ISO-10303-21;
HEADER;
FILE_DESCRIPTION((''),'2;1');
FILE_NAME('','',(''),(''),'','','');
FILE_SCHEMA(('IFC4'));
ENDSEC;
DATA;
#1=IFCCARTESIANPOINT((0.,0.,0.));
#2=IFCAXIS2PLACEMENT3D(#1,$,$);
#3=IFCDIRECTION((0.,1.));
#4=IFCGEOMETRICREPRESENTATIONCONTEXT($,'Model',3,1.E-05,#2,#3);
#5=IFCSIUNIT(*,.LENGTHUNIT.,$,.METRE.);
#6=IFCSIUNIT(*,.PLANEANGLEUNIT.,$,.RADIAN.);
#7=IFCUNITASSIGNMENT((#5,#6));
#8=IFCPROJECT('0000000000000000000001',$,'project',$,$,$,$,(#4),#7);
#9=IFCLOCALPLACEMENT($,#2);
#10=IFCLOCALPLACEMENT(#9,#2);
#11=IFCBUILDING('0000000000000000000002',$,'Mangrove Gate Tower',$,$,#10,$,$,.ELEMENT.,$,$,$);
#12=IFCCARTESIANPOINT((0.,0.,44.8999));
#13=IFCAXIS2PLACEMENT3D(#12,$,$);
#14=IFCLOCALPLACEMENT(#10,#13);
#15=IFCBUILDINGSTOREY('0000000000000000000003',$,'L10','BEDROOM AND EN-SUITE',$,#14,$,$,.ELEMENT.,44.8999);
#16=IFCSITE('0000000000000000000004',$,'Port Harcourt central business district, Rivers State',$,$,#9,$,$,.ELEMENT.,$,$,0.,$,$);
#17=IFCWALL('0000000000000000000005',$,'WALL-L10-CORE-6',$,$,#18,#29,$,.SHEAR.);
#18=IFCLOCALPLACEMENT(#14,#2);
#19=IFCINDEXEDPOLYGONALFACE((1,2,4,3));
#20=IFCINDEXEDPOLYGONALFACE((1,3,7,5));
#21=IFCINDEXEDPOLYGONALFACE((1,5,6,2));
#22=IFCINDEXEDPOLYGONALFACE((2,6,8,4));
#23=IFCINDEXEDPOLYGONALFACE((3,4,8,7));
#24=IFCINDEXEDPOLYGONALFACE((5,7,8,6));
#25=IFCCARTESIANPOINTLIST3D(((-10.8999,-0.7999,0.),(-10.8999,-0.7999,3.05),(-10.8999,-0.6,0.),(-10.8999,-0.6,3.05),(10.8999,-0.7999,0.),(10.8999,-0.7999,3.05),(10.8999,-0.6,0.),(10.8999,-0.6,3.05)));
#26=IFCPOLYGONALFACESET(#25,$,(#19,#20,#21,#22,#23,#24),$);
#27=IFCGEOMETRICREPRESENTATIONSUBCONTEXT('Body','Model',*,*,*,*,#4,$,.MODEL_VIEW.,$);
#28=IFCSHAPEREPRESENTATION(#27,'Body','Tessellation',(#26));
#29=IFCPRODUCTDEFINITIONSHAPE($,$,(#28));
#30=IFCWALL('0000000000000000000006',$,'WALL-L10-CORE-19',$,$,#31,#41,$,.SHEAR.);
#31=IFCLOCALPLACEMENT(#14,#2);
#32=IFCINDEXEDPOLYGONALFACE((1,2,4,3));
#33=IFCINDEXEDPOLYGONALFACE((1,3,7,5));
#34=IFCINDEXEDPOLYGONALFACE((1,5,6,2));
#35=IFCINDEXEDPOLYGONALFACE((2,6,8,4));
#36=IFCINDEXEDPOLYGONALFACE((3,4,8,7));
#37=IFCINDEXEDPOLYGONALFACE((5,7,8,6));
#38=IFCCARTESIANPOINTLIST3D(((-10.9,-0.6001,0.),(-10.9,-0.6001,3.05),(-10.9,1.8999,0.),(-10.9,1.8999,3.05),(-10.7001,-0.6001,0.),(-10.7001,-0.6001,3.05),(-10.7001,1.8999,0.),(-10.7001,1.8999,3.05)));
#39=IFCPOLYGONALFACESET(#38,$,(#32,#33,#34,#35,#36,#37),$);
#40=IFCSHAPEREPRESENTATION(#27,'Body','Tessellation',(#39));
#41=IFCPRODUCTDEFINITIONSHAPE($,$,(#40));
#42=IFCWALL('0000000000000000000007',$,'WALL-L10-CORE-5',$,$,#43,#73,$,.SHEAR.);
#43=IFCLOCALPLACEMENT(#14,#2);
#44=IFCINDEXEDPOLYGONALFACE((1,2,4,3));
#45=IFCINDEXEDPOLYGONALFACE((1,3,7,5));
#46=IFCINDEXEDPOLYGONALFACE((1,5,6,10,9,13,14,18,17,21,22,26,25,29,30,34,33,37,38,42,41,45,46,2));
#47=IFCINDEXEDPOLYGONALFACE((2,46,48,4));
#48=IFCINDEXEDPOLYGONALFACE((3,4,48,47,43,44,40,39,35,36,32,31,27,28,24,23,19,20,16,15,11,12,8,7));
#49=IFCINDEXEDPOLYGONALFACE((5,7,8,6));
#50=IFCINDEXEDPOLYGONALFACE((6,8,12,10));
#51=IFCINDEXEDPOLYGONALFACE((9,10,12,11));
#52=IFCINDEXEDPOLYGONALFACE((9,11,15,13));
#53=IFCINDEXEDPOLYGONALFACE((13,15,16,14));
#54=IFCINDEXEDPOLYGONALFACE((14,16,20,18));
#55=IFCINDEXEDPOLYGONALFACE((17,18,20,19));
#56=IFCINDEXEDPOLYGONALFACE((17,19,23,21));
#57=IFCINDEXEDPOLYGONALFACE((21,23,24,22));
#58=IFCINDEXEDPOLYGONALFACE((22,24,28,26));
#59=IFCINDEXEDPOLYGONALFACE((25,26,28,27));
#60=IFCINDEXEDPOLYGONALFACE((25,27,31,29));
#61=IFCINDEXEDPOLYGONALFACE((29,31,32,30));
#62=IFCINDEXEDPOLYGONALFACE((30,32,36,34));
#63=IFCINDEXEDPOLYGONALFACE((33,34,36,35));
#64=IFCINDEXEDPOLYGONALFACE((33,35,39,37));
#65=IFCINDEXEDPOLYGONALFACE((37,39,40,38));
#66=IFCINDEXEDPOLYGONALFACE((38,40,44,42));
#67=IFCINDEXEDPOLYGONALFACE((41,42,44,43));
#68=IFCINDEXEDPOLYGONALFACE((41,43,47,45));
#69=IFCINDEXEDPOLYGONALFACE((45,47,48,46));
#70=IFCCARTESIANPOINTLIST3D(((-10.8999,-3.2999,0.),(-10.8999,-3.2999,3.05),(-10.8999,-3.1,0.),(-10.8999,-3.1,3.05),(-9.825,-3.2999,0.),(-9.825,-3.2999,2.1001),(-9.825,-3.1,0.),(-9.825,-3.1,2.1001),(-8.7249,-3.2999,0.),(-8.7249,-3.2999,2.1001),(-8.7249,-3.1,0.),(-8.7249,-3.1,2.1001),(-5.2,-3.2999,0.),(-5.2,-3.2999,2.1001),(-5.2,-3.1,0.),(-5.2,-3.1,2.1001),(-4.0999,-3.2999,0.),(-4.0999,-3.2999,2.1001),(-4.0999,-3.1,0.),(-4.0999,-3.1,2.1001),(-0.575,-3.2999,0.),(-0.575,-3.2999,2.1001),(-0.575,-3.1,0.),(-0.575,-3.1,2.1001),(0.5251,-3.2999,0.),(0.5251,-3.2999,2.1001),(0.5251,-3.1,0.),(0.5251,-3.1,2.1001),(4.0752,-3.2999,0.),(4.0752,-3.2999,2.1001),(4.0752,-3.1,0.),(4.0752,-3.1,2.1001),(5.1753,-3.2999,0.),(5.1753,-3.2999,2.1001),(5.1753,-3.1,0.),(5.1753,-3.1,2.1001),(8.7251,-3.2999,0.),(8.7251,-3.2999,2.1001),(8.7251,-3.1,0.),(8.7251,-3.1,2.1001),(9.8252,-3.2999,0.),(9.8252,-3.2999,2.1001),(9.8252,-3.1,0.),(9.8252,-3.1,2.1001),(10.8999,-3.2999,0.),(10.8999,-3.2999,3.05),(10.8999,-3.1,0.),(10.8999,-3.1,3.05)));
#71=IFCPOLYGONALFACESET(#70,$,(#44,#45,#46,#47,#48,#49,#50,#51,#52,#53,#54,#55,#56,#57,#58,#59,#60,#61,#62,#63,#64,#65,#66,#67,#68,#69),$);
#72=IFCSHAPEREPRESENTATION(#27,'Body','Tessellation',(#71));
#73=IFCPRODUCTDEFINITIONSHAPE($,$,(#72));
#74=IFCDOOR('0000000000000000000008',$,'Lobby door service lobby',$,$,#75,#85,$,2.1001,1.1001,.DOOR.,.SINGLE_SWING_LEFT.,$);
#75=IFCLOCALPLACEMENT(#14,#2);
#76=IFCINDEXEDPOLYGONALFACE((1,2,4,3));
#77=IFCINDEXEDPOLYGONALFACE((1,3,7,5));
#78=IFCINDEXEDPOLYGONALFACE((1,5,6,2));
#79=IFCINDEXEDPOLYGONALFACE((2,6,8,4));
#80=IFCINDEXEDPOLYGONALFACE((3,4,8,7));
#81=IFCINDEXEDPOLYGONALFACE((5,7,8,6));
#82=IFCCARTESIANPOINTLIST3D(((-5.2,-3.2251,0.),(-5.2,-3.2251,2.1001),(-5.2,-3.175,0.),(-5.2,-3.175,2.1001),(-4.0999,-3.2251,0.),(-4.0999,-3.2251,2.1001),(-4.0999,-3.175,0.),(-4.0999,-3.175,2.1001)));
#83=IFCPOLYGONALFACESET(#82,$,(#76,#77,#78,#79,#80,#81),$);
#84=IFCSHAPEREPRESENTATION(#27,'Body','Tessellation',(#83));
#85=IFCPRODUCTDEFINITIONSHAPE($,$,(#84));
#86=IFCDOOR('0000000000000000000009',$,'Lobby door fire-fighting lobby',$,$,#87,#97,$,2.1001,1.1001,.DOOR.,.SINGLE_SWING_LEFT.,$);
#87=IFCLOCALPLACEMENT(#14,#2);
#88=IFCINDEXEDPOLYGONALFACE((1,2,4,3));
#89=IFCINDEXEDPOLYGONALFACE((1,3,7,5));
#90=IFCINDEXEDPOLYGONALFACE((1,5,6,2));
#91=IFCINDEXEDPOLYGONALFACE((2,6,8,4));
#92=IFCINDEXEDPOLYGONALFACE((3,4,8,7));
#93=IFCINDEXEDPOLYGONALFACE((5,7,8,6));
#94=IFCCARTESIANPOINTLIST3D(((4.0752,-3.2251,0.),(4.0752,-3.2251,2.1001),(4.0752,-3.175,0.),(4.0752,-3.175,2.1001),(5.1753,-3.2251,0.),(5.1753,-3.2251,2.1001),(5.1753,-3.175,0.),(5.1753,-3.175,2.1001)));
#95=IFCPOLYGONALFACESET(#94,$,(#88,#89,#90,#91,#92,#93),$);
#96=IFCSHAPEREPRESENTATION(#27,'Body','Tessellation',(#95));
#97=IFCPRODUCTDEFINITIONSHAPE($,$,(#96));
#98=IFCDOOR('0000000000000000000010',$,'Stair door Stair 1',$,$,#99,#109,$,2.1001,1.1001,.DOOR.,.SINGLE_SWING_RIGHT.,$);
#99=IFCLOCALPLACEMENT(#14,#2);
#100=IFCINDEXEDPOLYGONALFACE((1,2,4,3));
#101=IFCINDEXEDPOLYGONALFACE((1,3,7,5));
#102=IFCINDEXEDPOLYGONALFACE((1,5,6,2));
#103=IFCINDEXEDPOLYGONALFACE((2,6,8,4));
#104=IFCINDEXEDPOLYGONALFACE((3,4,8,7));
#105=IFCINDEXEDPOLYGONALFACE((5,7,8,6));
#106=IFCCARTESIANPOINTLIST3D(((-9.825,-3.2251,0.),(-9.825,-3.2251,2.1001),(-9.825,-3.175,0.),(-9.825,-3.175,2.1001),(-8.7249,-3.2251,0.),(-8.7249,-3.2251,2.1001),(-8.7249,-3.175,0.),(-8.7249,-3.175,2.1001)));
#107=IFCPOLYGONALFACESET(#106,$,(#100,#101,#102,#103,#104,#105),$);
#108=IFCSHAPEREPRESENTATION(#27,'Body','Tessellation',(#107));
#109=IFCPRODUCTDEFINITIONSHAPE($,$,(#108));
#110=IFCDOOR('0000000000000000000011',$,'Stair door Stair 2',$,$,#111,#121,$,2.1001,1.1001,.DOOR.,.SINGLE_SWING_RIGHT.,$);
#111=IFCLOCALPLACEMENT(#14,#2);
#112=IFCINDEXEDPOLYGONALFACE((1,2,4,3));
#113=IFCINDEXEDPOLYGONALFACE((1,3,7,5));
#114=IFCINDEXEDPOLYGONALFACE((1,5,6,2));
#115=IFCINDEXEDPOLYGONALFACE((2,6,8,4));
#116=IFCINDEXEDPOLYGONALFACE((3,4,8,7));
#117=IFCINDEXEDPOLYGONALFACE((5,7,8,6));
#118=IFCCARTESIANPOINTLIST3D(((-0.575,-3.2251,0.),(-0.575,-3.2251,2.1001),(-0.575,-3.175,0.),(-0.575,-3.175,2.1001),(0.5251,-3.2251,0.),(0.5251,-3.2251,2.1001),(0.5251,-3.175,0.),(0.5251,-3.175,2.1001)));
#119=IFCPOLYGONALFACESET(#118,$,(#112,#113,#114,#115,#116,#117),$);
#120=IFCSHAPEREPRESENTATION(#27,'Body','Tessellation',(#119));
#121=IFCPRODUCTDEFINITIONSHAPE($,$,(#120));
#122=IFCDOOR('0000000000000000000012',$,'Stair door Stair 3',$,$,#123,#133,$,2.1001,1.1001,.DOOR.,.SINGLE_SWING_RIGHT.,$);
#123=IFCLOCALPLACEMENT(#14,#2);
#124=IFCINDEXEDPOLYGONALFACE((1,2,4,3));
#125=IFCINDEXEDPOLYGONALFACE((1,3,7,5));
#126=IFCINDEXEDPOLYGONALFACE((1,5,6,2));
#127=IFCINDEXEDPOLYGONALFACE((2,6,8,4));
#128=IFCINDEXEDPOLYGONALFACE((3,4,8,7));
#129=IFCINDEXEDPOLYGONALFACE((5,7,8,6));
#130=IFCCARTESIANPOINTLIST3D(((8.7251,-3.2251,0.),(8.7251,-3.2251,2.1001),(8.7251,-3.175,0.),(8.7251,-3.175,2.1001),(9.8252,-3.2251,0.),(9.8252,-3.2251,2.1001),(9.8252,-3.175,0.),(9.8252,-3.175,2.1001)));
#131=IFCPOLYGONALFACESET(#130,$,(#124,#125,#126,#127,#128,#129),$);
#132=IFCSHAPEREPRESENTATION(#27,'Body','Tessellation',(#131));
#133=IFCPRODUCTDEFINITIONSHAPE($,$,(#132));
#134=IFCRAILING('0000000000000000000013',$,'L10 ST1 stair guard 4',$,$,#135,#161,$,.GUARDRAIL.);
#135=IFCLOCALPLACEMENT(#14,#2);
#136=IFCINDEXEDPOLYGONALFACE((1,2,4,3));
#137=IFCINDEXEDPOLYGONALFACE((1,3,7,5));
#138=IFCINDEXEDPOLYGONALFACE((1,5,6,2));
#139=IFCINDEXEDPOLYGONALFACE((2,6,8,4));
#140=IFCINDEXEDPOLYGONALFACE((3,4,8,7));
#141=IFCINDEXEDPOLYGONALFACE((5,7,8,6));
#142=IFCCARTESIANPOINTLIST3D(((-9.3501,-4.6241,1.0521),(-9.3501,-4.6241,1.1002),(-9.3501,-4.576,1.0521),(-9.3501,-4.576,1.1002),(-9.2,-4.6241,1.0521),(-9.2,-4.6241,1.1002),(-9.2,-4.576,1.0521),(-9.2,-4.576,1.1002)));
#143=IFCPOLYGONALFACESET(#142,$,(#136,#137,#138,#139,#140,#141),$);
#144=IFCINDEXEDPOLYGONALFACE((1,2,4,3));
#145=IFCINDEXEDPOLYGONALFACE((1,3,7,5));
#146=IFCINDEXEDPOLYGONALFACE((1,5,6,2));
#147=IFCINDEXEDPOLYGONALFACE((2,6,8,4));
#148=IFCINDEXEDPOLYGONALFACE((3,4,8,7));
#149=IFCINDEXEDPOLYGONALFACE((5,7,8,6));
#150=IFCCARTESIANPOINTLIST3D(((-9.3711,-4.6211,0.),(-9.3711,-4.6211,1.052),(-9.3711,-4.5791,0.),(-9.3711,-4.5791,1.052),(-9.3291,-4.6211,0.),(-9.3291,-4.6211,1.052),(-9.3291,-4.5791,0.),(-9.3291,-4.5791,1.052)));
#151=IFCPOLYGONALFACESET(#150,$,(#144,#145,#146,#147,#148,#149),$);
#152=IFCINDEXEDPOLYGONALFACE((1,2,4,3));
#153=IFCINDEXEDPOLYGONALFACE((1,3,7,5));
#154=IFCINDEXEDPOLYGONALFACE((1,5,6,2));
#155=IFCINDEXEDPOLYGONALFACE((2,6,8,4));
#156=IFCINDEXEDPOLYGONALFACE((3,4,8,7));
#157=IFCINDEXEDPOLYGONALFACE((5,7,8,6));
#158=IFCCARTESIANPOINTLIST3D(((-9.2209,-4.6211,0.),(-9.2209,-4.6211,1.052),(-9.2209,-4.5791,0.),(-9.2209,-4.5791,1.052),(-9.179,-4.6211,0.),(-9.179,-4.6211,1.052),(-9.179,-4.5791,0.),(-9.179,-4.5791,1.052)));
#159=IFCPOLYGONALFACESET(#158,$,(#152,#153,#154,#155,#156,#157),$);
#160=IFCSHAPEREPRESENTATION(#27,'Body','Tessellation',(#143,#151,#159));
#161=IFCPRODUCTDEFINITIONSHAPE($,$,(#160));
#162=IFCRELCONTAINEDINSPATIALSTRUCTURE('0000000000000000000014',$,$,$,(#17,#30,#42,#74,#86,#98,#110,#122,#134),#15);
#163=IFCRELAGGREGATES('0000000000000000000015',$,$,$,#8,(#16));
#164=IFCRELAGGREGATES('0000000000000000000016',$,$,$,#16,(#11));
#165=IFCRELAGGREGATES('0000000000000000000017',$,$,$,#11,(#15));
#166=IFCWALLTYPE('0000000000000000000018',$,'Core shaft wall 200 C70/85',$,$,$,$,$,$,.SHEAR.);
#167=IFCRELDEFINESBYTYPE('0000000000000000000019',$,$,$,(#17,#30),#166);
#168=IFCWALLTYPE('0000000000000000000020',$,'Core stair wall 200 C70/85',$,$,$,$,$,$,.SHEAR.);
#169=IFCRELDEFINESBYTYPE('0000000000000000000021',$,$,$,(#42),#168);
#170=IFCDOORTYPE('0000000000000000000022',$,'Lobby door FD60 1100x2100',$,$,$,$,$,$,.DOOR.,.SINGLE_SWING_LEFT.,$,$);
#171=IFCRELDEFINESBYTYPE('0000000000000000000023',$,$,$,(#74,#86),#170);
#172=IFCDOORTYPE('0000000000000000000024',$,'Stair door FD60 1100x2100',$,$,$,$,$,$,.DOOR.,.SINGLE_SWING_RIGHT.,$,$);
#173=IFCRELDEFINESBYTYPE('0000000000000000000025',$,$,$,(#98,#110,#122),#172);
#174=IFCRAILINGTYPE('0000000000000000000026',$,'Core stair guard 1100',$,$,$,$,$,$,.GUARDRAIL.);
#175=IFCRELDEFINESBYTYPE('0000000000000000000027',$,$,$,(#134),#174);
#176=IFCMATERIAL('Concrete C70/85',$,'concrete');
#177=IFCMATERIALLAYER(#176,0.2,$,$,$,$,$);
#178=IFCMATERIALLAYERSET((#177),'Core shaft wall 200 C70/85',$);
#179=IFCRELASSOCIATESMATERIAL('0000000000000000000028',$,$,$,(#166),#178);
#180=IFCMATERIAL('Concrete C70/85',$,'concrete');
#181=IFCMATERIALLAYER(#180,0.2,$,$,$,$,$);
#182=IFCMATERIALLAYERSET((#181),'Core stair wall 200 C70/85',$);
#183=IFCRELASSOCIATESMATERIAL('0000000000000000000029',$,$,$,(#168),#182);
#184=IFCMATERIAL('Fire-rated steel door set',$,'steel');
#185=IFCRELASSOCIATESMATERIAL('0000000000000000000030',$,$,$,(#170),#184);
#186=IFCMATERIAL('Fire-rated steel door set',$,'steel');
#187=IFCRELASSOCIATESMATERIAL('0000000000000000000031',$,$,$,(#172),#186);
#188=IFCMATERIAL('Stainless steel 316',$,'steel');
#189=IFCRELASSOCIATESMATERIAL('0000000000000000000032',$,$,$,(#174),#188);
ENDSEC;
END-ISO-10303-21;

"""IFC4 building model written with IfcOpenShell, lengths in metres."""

from ifc_helpers import new_model, si_unit, direction, frame, frame_2d, origin, origin_2d, place, context, subcontext, project, spatial, rectangle, extrude, material, layer, layer_set, type_object, element, fill, save


model = new_model("IFC4")

# Units and contexts
model_context = context("Model", 3, precision=1e-05, world=origin(), true_north=direction((0.0, 1.0)))
body_context = subcontext(model_context, "Body", "Model", "MODEL_VIEW")
ifc_project = project(units=[si_unit("LENGTHUNIT", "METRE"), si_unit("PLANEANGLEUNIT", "RADIAN")], contexts=[model_context])

# Site, building, storey
site_placement = place(None, origin())
site = spatial("IfcSite", under=ifc_project, at=site_placement, Name="Port Harcourt central business district, Rivers State", CompositionType="ELEMENT", RefElevation=0.0)
building_placement = place(site_placement, origin())
building = spatial("IfcBuilding", under=site, at=building_placement, Name="Mangrove Gate Tower", CompositionType="ELEMENT")
storey_placement = place(building_placement, frame((0.0, 0.0, 44.8999)))
storey = spatial("IfcBuildingStorey", under=building, at=storey_placement, Name="L10", Description="BEDROOM AND EN-SUITE", CompositionType="ELEMENT", Elevation=44.8999)

# Walls
ifc_material_1 = material(Name="Concrete C70/85", Category="concrete")
ifc_layer_1 = layer(ifc_material_1, 0.2)
ifc_layer_set_1 = layer_set([ifc_layer_1], Name="Core shaft wall 200 C70/85")
wall_type_1 = type_object("IfcWallType", Name="Core shaft wall 200 C70/85", PredefinedType="SHEAR", material=ifc_layer_set_1)
wall_1_placement = place(storey_placement, frame((-10.8999, -0.7, 0.0), z_axis=(0.0, 0.0, 1.0), x_axis=(1.0, 0.0, 0.0)))
element("IfcWall", 1, at=wall_1_placement, inside=storey, type_object=wall_type_1, Name="WALL-L10-CORE-6", PredefinedType="SHEAR", context=body_context, shape_type="SweptSolid", body=[
    extrude(rectangle(XDim=21.7998, YDim=0.2, at=frame_2d((10.8999, 0.0))), origin(), (0.0, 0.0, 1.0), 3.05),
])
wall_2_placement = place(storey_placement, frame((-10.8, -0.6001, 0.0), z_axis=(0.0, 0.0, 1.0), x_axis=(0.0, 1.0, 0.0)))
element("IfcWall", 2, at=wall_2_placement, inside=storey, type_object=wall_type_1, Name="WALL-L10-CORE-19", PredefinedType="SHEAR", context=body_context, shape_type="SweptSolid", body=[
    extrude(rectangle(XDim=2.5, YDim=0.2, at=frame_2d((1.25, 0.0))), origin(), (0.0, 0.0, 1.0), 3.05),
])

# Wall, openings, doors
ifc_material_2 = material(Name="Concrete C70/85", Category="concrete")
ifc_layer_2 = layer(ifc_material_2, 0.2)
ifc_layer_set_2 = layer_set([ifc_layer_2], Name="Core stair wall 200 C70/85")
wall_type_2 = type_object("IfcWallType", Name="Core stair wall 200 C70/85", PredefinedType="SHEAR", material=ifc_layer_set_2)
wall_3_placement = place(storey_placement, frame((-10.8999, -3.2, 0.0), z_axis=(0.0, 0.0, 1.0), x_axis=(1.0, 0.0, 0.0)))
wall_3 = element("IfcWall", 3, at=wall_3_placement, inside=storey, type_object=wall_type_2, Name="WALL-L10-CORE-5", PredefinedType="SHEAR", context=body_context, shape_type="SweptSolid", body=[
    extrude(rectangle(XDim=21.7998, YDim=0.2, at=frame_2d((10.8999, 0.0))), origin(), (0.0, 0.0, 1.0), 3.05),
])
opening_1_placement = place(wall_3_placement, frame((1.075, 0.0, 0.0)))
opening_1 = element("IfcOpeningElement", 4, at=opening_1_placement, cuts=wall_3, PredefinedType="OPENING", context=body_context, shape_type="SweptSolid", body=[
    extrude(rectangle(XDim=1.1001, YDim=2.1001, at=frame_2d((0.55, 1.05))), frame((0.0, 0.1099, 0.0), z_axis=(0.0, -1.0, 0.0), x_axis=(1.0, 0.0, 0.0)), (0.0, 0.0, 1.0), 0.22),
])
opening_2_placement = place(wall_3_placement, frame((10.325, 0.0, 0.0)))
opening_2 = element("IfcOpeningElement", 5, at=opening_2_placement, cuts=wall_3, PredefinedType="OPENING", context=body_context, shape_type="SweptSolid", body=[
    extrude(rectangle(XDim=1.1001, YDim=2.1001, at=frame_2d((0.55, 1.05))), frame((0.0, 0.1099, 0.0), z_axis=(0.0, -1.0, 0.0), x_axis=(1.0, 0.0, 0.0)), (0.0, 0.0, 1.0), 0.22),
])
opening_3_placement = place(wall_3_placement, frame((19.625, 0.0, 0.0)))
opening_3 = element("IfcOpeningElement", 6, at=opening_3_placement, cuts=wall_3, PredefinedType="OPENING", context=body_context, shape_type="SweptSolid", body=[
    extrude(rectangle(XDim=1.1001, YDim=2.1001, at=frame_2d((0.55, 1.05))), frame((0.0, 0.1099, 0.0), z_axis=(0.0, -1.0, 0.0), x_axis=(1.0, 0.0, 0.0)), (0.0, 0.0, 1.0), 0.22),
])
opening_4_placement = place(wall_3_placement, frame((5.7, 0.0, 0.0)))
opening_4 = element("IfcOpeningElement", 7, at=opening_4_placement, cuts=wall_3, PredefinedType="OPENING", context=body_context, shape_type="SweptSolid", body=[
    extrude(rectangle(XDim=1.1001, YDim=2.1001, at=frame_2d((0.55, 1.05))), frame((0.0, 0.1099, 0.0), z_axis=(0.0, -1.0, 0.0), x_axis=(1.0, 0.0, 0.0)), (0.0, 0.0, 1.0), 0.22),
])
opening_5_placement = place(wall_3_placement, frame((14.9751, 0.0, 0.0)))
opening_5 = element("IfcOpeningElement", 8, at=opening_5_placement, cuts=wall_3, PredefinedType="OPENING", context=body_context, shape_type="SweptSolid", body=[
    extrude(rectangle(XDim=1.1001, YDim=2.1001, at=frame_2d((0.55, 1.05))), frame((0.0, 0.1099, 0.0), z_axis=(0.0, -1.0, 0.0), x_axis=(1.0, 0.0, 0.0)), (0.0, 0.0, 1.0), 0.22),
])
ifc_material_3 = material(Name="Fire-rated steel door set", Category="steel")
door_type_1 = type_object("IfcDoorType", Name="Lobby door FD60 1100x2100", OperationType="SINGLE_SWING_LEFT", PredefinedType="DOOR", material=ifc_material_3)
door_1_placement = place(opening_4_placement, origin())
door_1 = element("IfcDoor", 9, at=door_1_placement, inside=storey, type_object=door_type_1, Name="Lobby door service lobby", OperationType="SINGLE_SWING_LEFT", OverallHeight=2.1001, OverallWidth=1.1001, PredefinedType="DOOR", context=body_context, shape_type="SweptSolid", body=[
    extrude(rectangle(XDim=1.1001, YDim=2.1001, at=frame_2d((0.55, 1.05))), frame((0.0, 0.0249, 0.0), z_axis=(0.0, -1.0, 0.0), x_axis=(1.0, 0.0, 0.0)), (0.0, 0.0, 1.0), 0.05),
])
fill(opening_4, door_1)
door_2_placement = place(opening_5_placement, origin())
door_2 = element("IfcDoor", 10, at=door_2_placement, inside=storey, type_object=door_type_1, Name="Lobby door fire-fighting lobby", OperationType="SINGLE_SWING_LEFT", OverallHeight=2.1001, OverallWidth=1.1001, PredefinedType="DOOR", context=body_context, shape_type="SweptSolid", body=[
    extrude(rectangle(XDim=1.1001, YDim=2.1001, at=frame_2d((0.55, 1.05))), frame((0.0, 0.0249, 0.0), z_axis=(0.0, -1.0, 0.0), x_axis=(1.0, 0.0, 0.0)), (0.0, 0.0, 1.0), 0.05),
])
fill(opening_5, door_2)
ifc_material_4 = material(Name="Fire-rated steel door set", Category="steel")
door_type_2 = type_object("IfcDoorType", Name="Stair door FD60 1100x2100", OperationType="SINGLE_SWING_RIGHT", PredefinedType="DOOR", material=ifc_material_4)
door_3_placement = place(opening_1_placement, origin())
door_3 = element("IfcDoor", 11, at=door_3_placement, inside=storey, type_object=door_type_2, Name="Stair door Stair 1", OperationType="SINGLE_SWING_RIGHT", OverallHeight=2.1001, OverallWidth=1.1001, PredefinedType="DOOR", context=body_context, shape_type="SweptSolid", body=[
    extrude(rectangle(XDim=1.1001, YDim=2.1001, at=frame_2d((0.55, 1.05))), frame((0.0, 0.0249, 0.0), z_axis=(0.0, -1.0, 0.0), x_axis=(1.0, 0.0, 0.0)), (0.0, 0.0, 1.0), 0.05),
])
fill(opening_1, door_3)
door_4_placement = place(opening_2_placement, origin())
door_4 = element("IfcDoor", 12, at=door_4_placement, inside=storey, type_object=door_type_2, Name="Stair door Stair 2", OperationType="SINGLE_SWING_RIGHT", OverallHeight=2.1001, OverallWidth=1.1001, PredefinedType="DOOR", context=body_context, shape_type="SweptSolid", body=[
    extrude(rectangle(XDim=1.1001, YDim=2.1001, at=frame_2d((0.55, 1.05))), frame((0.0, 0.0249, 0.0), z_axis=(0.0, -1.0, 0.0), x_axis=(1.0, 0.0, 0.0)), (0.0, 0.0, 1.0), 0.05),
])
fill(opening_2, door_4)
door_5_placement = place(opening_3_placement, origin())
door_5 = element("IfcDoor", 13, at=door_5_placement, inside=storey, type_object=door_type_2, Name="Stair door Stair 3", OperationType="SINGLE_SWING_RIGHT", OverallHeight=2.1001, OverallWidth=1.1001, PredefinedType="DOOR", context=body_context, shape_type="SweptSolid", body=[
    extrude(rectangle(XDim=1.1001, YDim=2.1001, at=frame_2d((0.55, 1.05))), frame((0.0, 0.0249, 0.0), z_axis=(0.0, -1.0, 0.0), x_axis=(1.0, 0.0, 0.0)), (0.0, 0.0, 1.0), 0.05),
])
fill(opening_3, door_5)

# Railing
ifc_material_5 = material(Name="Stainless steel 316", Category="steel")
railing_type = type_object("IfcRailingType", Name="Core stair guard 1100", PredefinedType="GUARDRAIL", material=ifc_material_5)
railing_placement = place(storey_placement, frame((-9.3501, -4.6001, 0.0)))
element("IfcRailing", 14, at=railing_placement, inside=storey, type_object=railing_type, Name="L10 ST1 stair guard 4", PredefinedType="GUARDRAIL", context=body_context, shape_type="SweptSolid", body=[
    extrude(rectangle(XDim=0.0481, YDim=0.0481, at=origin_2d()), frame((0.0, 0.0, 1.0762), z_axis=(1.0, 0.0, 0.0), x_axis=(0.0, 1.0, 0.0)), (0.0, 0.0, 1.0), 0.1501),
    extrude(rectangle(XDim=0.042, YDim=0.042, at=origin_2d()), origin(), (0.0, 0.0, 1.0), 1.052),
    extrude(rectangle(XDim=0.042, YDim=0.042, at=origin_2d()), frame((0.1501, 0.0, 0.0)), (0.0, 0.0, 1.0), 1.052),
])

save(model, "model.ifc")
